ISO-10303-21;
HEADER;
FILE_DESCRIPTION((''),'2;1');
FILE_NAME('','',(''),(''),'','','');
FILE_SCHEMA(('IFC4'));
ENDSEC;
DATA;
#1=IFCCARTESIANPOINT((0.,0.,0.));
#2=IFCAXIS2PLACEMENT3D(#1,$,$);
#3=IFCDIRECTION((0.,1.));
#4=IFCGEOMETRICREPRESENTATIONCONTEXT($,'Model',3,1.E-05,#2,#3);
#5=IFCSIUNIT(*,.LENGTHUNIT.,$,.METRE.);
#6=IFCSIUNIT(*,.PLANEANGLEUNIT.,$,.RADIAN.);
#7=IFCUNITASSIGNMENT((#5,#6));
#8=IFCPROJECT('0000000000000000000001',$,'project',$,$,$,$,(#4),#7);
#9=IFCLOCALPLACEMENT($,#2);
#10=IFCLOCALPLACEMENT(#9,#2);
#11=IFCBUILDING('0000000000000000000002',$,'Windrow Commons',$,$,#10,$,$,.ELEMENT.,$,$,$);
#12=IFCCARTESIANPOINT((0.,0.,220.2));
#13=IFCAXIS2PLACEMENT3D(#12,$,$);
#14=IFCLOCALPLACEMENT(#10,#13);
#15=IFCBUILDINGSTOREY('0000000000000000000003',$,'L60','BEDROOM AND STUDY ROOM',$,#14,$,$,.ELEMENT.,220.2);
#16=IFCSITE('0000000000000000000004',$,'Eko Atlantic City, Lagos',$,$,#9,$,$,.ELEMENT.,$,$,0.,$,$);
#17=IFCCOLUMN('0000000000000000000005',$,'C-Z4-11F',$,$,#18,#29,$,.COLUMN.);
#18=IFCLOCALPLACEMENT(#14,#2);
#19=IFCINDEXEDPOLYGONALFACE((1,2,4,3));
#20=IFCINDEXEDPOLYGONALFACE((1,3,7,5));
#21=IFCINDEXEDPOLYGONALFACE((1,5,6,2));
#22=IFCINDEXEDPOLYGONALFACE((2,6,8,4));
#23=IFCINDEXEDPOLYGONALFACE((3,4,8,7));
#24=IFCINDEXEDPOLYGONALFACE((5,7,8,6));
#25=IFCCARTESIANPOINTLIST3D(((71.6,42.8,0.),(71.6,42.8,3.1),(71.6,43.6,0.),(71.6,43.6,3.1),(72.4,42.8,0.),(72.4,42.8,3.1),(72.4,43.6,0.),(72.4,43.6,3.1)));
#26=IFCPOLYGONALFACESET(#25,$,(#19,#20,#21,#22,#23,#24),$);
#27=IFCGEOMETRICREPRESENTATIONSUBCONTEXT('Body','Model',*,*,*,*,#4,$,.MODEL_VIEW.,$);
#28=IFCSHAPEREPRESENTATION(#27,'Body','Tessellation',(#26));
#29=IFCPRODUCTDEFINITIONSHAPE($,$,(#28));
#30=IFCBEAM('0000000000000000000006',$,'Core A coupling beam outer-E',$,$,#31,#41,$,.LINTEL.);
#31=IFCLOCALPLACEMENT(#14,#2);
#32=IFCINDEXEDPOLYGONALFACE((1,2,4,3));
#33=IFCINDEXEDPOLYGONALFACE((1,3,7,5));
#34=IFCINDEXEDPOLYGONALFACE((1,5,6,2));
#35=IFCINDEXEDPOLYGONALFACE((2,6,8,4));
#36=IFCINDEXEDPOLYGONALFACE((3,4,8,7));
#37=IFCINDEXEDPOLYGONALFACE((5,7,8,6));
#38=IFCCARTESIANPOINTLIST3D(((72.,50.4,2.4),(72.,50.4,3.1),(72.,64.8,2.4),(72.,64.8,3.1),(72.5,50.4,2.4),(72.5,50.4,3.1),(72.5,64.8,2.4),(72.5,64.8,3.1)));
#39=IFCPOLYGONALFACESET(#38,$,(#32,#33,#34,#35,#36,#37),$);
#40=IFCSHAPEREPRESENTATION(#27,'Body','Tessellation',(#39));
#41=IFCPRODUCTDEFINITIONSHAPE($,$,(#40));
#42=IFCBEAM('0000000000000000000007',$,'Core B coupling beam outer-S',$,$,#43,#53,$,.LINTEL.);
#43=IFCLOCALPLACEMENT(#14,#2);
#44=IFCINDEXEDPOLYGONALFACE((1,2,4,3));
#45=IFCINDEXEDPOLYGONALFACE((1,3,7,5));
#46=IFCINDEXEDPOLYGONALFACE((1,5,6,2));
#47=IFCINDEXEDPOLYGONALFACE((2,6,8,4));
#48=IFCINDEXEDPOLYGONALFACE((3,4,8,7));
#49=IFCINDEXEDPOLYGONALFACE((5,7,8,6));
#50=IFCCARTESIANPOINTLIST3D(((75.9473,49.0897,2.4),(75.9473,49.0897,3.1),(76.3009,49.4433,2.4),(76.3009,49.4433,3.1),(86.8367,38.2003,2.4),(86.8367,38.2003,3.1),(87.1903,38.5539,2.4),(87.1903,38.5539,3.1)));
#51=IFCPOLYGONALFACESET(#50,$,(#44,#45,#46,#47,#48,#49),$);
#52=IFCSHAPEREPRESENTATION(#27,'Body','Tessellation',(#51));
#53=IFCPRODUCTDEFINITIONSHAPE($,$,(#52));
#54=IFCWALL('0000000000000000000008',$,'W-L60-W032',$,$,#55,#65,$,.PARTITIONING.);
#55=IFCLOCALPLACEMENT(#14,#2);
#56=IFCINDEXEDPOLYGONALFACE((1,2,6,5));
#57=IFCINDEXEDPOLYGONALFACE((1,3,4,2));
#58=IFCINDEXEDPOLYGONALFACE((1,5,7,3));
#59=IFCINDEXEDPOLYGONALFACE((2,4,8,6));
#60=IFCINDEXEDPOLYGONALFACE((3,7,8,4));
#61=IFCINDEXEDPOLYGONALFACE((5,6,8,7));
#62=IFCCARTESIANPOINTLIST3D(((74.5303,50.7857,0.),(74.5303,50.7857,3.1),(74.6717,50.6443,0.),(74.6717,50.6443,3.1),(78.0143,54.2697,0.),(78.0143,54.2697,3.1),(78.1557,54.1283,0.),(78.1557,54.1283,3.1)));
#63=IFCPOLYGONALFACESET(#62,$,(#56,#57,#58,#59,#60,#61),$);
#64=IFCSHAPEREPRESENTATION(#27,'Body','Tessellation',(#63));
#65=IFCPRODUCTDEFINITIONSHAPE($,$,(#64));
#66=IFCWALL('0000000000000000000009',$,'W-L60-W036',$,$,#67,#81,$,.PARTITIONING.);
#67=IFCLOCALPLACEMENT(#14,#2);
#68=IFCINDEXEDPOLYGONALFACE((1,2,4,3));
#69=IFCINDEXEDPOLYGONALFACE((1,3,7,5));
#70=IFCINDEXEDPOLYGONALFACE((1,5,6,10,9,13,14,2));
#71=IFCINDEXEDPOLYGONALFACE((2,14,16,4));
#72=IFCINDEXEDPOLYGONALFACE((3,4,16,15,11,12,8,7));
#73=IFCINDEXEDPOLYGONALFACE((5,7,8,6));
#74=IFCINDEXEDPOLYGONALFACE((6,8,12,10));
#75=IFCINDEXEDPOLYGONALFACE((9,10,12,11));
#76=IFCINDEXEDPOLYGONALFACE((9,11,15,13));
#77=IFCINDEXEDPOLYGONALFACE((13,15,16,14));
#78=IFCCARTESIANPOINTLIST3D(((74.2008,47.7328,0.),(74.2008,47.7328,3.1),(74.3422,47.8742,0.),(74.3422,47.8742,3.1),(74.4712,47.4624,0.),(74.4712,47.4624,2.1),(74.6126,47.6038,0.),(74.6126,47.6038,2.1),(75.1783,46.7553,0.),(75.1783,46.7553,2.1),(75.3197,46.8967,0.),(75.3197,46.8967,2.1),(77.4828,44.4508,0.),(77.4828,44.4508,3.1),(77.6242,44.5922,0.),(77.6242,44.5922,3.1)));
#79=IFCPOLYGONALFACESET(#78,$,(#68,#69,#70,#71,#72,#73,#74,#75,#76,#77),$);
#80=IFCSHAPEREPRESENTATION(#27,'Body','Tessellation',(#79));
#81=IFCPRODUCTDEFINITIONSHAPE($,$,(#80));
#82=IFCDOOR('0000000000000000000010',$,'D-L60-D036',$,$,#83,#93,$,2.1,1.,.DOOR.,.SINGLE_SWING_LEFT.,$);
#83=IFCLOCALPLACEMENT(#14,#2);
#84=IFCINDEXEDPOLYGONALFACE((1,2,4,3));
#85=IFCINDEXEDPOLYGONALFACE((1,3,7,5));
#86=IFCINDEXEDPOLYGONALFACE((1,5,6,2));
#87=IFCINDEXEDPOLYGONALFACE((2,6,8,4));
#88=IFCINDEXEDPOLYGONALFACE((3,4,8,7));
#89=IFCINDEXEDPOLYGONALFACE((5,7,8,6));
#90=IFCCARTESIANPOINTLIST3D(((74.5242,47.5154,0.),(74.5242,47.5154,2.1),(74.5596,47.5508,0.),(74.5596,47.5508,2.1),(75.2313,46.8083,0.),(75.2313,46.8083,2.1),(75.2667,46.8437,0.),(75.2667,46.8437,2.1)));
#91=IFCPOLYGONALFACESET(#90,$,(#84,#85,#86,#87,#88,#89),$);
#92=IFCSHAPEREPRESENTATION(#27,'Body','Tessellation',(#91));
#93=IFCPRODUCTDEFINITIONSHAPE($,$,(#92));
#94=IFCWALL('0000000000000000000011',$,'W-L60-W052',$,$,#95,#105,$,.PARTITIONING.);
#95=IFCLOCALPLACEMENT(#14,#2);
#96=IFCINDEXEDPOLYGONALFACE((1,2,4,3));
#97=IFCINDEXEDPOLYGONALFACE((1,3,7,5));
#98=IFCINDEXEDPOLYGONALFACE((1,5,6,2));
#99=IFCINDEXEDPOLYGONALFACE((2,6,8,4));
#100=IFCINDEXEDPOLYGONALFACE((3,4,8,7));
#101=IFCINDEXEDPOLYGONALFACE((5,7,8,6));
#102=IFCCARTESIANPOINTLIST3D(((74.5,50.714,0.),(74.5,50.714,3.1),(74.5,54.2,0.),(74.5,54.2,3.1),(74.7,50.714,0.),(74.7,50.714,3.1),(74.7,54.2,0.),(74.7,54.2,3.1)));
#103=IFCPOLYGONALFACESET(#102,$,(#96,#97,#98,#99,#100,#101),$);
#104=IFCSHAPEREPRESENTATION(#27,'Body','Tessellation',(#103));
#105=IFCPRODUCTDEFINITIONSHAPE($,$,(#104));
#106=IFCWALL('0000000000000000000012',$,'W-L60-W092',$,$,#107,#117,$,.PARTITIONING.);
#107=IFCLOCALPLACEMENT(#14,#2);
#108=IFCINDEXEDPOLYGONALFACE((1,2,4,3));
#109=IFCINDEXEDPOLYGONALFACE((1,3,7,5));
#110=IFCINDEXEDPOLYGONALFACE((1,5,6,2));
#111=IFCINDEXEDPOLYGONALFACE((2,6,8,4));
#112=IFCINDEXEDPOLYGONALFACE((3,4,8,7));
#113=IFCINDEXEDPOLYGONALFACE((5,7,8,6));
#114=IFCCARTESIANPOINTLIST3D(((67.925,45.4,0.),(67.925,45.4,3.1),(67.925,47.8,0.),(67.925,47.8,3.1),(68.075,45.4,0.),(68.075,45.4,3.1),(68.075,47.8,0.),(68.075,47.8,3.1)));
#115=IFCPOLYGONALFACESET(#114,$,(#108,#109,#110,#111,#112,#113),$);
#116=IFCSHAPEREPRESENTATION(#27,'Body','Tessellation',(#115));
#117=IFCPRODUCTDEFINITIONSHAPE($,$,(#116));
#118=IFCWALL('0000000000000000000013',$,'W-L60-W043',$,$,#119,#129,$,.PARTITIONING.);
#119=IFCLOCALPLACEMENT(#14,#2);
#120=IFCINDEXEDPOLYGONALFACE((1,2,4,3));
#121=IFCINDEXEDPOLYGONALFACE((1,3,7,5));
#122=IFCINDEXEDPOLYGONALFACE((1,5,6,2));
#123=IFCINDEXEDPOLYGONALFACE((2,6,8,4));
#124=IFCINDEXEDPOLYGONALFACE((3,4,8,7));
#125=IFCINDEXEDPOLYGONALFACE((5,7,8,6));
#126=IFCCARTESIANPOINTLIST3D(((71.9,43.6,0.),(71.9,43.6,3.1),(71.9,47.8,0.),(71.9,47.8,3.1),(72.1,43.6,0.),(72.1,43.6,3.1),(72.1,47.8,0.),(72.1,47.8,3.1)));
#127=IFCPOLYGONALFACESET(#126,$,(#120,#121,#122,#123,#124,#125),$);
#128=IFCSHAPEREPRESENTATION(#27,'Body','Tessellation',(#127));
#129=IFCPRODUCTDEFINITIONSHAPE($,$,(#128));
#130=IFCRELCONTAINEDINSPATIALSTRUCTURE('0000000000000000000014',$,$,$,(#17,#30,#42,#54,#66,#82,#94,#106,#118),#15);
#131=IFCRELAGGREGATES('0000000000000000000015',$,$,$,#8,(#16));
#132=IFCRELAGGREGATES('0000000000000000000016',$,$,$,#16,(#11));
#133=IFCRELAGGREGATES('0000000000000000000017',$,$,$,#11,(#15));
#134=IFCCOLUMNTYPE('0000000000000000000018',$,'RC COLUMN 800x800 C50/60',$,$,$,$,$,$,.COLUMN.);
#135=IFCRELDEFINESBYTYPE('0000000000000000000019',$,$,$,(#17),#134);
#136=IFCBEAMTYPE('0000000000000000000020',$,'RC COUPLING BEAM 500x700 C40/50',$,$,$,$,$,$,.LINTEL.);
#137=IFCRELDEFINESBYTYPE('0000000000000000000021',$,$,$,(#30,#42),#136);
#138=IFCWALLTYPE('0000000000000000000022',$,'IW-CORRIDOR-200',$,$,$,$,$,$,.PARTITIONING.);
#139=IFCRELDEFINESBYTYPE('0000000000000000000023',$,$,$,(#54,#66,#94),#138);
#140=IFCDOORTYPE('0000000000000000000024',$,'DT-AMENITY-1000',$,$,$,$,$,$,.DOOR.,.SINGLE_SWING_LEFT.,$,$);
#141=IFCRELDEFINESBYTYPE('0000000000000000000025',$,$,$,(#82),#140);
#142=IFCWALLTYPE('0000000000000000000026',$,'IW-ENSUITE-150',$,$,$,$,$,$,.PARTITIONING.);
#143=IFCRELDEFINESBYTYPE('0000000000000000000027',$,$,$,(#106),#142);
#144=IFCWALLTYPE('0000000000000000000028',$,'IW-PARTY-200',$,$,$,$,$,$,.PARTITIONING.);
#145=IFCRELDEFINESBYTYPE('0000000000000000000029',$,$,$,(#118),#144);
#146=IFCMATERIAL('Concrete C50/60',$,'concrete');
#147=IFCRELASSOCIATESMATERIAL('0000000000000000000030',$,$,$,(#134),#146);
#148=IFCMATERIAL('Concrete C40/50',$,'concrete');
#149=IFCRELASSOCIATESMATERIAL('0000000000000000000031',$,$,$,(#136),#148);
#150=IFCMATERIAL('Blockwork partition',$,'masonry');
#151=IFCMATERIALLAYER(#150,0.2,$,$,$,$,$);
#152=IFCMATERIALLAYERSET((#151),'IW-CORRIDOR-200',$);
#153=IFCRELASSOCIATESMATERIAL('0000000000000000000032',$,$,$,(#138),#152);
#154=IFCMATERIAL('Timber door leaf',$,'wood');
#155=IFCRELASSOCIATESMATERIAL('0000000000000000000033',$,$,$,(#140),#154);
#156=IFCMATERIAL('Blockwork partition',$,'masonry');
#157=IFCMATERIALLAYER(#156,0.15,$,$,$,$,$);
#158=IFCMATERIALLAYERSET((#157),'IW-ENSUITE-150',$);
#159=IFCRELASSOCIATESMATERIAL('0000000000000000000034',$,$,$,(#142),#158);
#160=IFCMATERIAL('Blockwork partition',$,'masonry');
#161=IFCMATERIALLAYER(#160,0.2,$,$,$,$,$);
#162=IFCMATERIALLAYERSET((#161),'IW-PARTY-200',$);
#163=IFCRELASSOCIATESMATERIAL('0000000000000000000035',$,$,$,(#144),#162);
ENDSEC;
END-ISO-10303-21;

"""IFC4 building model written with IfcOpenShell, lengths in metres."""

from ifc_helpers import new_model, si_unit, direction, frame, frame_2d, origin, origin_2d, place, context, subcontext, project, spatial, rectangle, extrude, material, layer, layer_set, material_profile, profile_set, type_object, element, fill, save


model = new_model("IFC4")

# Units and contexts
model_context = context("Model", 3, precision=1e-05, world=origin(), true_north=direction((0.0, 1.0)))
body_context = subcontext(model_context, "Body", "Model", "MODEL_VIEW")
ifc_project = project(units=[si_unit("LENGTHUNIT", "METRE"), si_unit("PLANEANGLEUNIT", "RADIAN")], contexts=[model_context])

# Site, building, storey
site_placement = place(None, origin())
site = spatial("IfcSite", under=ifc_project, at=site_placement, Name="Eko Atlantic City, Lagos", CompositionType="ELEMENT", RefElevation=0.0)
building_placement = place(site_placement, origin())
building = spatial("IfcBuilding", under=site, at=building_placement, Name="Windrow Commons", CompositionType="ELEMENT")
storey_placement = place(building_placement, frame((0.0, 0.0, 220.2)))
storey = spatial("IfcBuildingStorey", under=building, at=storey_placement, Name="L60", Description="BEDROOM AND STUDY ROOM", CompositionType="ELEMENT", Elevation=220.2)

# Column
ifc_material_1 = material(Name="Concrete C50/60", Category="concrete")
ifc_material_profile_1 = material_profile(ifc_material_1, rectangle(XDim=0.8, YDim=0.8, at=origin_2d()))
ifc_profile_set_1 = profile_set([ifc_material_profile_1], Name="Concrete C50/60")
column_type = type_object("IfcColumnType", Name="RC COLUMN 800x800 C50/60", PredefinedType="COLUMN", material=ifc_profile_set_1)
column_placement = place(storey_placement, frame((72.0, 43.2, 0.0), z_axis=(0.0, 0.0, 1.0), x_axis=(1.0, 0.0, 0.0)))
element("IfcColumn", 1, at=column_placement, inside=storey, type_object=column_type, Name="C-Z4-11F", PredefinedType="COLUMN", context=body_context, shape_type="SweptSolid", body=[
    extrude(rectangle(XDim=0.8, YDim=0.8, at=origin_2d()), origin(), (0.0, 0.0, 1.0), 3.1),
])

# Beams
ifc_material_2 = material(Name="Concrete C40/50", Category="concrete")
ifc_material_profile_2 = material_profile(ifc_material_2, rectangle(XDim=0.5, YDim=0.7, at=origin_2d()))
ifc_profile_set_2 = profile_set([ifc_material_profile_2], Name="Concrete C40/50")
beam_type = type_object("IfcBeamType", Name="RC COUPLING BEAM 500x700 C40/50", PredefinedType="LINTEL", material=ifc_profile_set_2)
beam_1_placement = place(storey_placement, frame((72.25, 50.4, 2.75), z_axis=(0.0, 1.0, 0.0), x_axis=(-1.0, 0.0, 0.0)))
element("IfcBeam", 2, at=beam_1_placement, inside=storey, type_object=beam_type, Name="Core A coupling beam outer-E", PredefinedType="LINTEL", context=body_context, shape_type="SweptSolid", body=[
    extrude(rectangle(XDim=0.5, YDim=0.7, at=origin_2d()), origin(), (0.0, 0.0, 1.0), 14.4),
])
beam_2_placement = place(storey_placement, frame((76.1241, 49.2665, 2.75), z_axis=(0.707107, -0.707107, 0.0), x_axis=(0.707107, 0.707107, 0.0)))
element("IfcBeam", 3, at=beam_2_placement, inside=storey, type_object=beam_type, Name="Core B coupling beam outer-S", PredefinedType="LINTEL", context=body_context, shape_type="SweptSolid", body=[
    extrude(rectangle(XDim=0.5, YDim=0.7, at=origin_2d()), origin(), (0.0, 0.0, 1.0), 15.3999),
])

# Wall
ifc_material_3 = material(Name="Blockwork partition", Category="masonry")
ifc_layer_1 = layer(ifc_material_3, 0.2)
ifc_layer_set_1 = layer_set([ifc_layer_1], Name="IW-CORRIDOR-200")
wall_type_1 = type_object("IfcWallType", Name="IW-CORRIDOR-200", PredefinedType="PARTITIONING", material=ifc_layer_set_1)
wall_1_placement = place(storey_placement, frame((74.601, 50.715, 0.0), z_axis=(0.0, 0.0, 1.0), x_axis=(0.707107, 0.707107, 0.0)))
element("IfcWall", 4, at=wall_1_placement, inside=storey, type_object=wall_type_1, Name="W-L60-W032", PredefinedType="PARTITIONING", context=body_context, shape_type="SweptSolid", body=[
    extrude(rectangle(XDim=4.9271, YDim=0.2, at=frame_2d((2.4636, 0.0))), origin(), (0.0, 0.0, 1.0), 3.1),
])

# Wall, opening, door
wall_2_placement = place(storey_placement, frame((74.2715, 47.8035, 0.0), z_axis=(0.0, 0.0, 1.0), x_axis=(0.707107, -0.707107, 0.0)))
wall_2 = element("IfcWall", 5, at=wall_2_placement, inside=storey, type_object=wall_type_1, Name="W-L60-W036", PredefinedType="PARTITIONING", context=body_context, shape_type="SweptSolid", body=[
    extrude(rectangle(XDim=4.6414, YDim=0.2, at=frame_2d((2.3207, 0.0))), origin(), (0.0, 0.0, 1.0), 3.1),
])
opening_1_placement = place(wall_2_placement, frame((0.3824, 0.0, 0.0)))
opening_1 = element("IfcOpeningElement", 6, at=opening_1_placement, cuts=wall_2, PredefinedType="OPENING", context=body_context, shape_type="SweptSolid", body=[
    extrude(rectangle(XDim=1.0, YDim=2.1, at=frame_2d((0.5, 1.05))), frame((0.0, 0.11, 0.0), z_axis=(0.0, -1.0, 0.0), x_axis=(1.0, 0.0, 0.0)), (0.0, 0.0, 1.0), 0.22),
])
ifc_material_4 = material(Name="Timber door leaf", Category="wood")
door_type_1 = type_object("IfcDoorType", Name="DT-AMENITY-1000", OperationType="SINGLE_SWING_LEFT", PredefinedType="DOOR", material=ifc_material_4)
door_1_placement = place(opening_1_placement, origin())
door_1 = element("IfcDoor", 7, at=door_1_placement, inside=storey, type_object=door_type_1, Name="D-L60-D036", OperationType="SINGLE_SWING_LEFT", OverallHeight=2.1, OverallWidth=1.0, PredefinedType="DOOR", context=body_context, shape_type="SweptSolid", body=[
    extrude(rectangle(XDim=1.0, YDim=2.1, at=frame_2d((0.5, 1.05))), frame((0.0, 0.025, 0.0), z_axis=(0.0, -1.0, 0.0), x_axis=(1.0, 0.0, 0.0)), (0.0, 0.0, 1.0), 0.05),
])
fill(opening_1, door_1)

# Walls
wall_3_placement = place(storey_placement, frame((74.6, 50.714, 0.0), z_axis=(0.0, 0.0, 1.0), x_axis=(0.0, 1.0, 0.0)))
element("IfcWall", 8, at=wall_3_placement, inside=storey, type_object=wall_type_1, Name="W-L60-W052", PredefinedType="PARTITIONING", context=body_context, shape_type="SweptSolid", body=[
    extrude(rectangle(XDim=3.486, YDim=0.2, at=frame_2d((1.743, 0.0))), origin(), (0.0, 0.0, 1.0), 3.1),
])
ifc_material_5 = material(Name="Blockwork partition", Category="masonry")
ifc_layer_2 = layer(ifc_material_5, 0.15)
ifc_layer_set_2 = layer_set([ifc_layer_2], Name="IW-ENSUITE-150")
wall_type_2 = type_object("IfcWallType", Name="IW-ENSUITE-150", PredefinedType="PARTITIONING", material=ifc_layer_set_2)
wall_4_placement = place(storey_placement, frame((68.0, 45.4, 0.0), z_axis=(0.0, 0.0, 1.0), x_axis=(0.0, 1.0, 0.0)))
element("IfcWall", 9, at=wall_4_placement, inside=storey, type_object=wall_type_2, Name="W-L60-W092", PredefinedType="PARTITIONING", context=body_context, shape_type="SweptSolid", body=[
    extrude(rectangle(XDim=2.4, YDim=0.15, at=frame_2d((1.2, 0.0))), origin(), (0.0, 0.0, 1.0), 3.1),
])
ifc_material_6 = material(Name="Blockwork partition", Category="masonry")
ifc_layer_3 = layer(ifc_material_6, 0.2)
ifc_layer_set_3 = layer_set([ifc_layer_3], Name="IW-PARTY-200")
wall_type_3 = type_object("IfcWallType", Name="IW-PARTY-200", PredefinedType="PARTITIONING", material=ifc_layer_set_3)
wall_5_placement = place(storey_placement, frame((72.0, 43.6, 0.0), z_axis=(0.0, 0.0, 1.0), x_axis=(0.0, 1.0, 0.0)))
element("IfcWall", 10, at=wall_5_placement, inside=storey, type_object=wall_type_3, Name="W-L60-W043", PredefinedType="PARTITIONING", context=body_context, shape_type="SweptSolid", body=[
    extrude(rectangle(XDim=4.2, YDim=0.2, at=frame_2d((2.1, 0.0))), origin(), (0.0, 0.0, 1.0), 3.1),
])

save(model, "model.ifc")
